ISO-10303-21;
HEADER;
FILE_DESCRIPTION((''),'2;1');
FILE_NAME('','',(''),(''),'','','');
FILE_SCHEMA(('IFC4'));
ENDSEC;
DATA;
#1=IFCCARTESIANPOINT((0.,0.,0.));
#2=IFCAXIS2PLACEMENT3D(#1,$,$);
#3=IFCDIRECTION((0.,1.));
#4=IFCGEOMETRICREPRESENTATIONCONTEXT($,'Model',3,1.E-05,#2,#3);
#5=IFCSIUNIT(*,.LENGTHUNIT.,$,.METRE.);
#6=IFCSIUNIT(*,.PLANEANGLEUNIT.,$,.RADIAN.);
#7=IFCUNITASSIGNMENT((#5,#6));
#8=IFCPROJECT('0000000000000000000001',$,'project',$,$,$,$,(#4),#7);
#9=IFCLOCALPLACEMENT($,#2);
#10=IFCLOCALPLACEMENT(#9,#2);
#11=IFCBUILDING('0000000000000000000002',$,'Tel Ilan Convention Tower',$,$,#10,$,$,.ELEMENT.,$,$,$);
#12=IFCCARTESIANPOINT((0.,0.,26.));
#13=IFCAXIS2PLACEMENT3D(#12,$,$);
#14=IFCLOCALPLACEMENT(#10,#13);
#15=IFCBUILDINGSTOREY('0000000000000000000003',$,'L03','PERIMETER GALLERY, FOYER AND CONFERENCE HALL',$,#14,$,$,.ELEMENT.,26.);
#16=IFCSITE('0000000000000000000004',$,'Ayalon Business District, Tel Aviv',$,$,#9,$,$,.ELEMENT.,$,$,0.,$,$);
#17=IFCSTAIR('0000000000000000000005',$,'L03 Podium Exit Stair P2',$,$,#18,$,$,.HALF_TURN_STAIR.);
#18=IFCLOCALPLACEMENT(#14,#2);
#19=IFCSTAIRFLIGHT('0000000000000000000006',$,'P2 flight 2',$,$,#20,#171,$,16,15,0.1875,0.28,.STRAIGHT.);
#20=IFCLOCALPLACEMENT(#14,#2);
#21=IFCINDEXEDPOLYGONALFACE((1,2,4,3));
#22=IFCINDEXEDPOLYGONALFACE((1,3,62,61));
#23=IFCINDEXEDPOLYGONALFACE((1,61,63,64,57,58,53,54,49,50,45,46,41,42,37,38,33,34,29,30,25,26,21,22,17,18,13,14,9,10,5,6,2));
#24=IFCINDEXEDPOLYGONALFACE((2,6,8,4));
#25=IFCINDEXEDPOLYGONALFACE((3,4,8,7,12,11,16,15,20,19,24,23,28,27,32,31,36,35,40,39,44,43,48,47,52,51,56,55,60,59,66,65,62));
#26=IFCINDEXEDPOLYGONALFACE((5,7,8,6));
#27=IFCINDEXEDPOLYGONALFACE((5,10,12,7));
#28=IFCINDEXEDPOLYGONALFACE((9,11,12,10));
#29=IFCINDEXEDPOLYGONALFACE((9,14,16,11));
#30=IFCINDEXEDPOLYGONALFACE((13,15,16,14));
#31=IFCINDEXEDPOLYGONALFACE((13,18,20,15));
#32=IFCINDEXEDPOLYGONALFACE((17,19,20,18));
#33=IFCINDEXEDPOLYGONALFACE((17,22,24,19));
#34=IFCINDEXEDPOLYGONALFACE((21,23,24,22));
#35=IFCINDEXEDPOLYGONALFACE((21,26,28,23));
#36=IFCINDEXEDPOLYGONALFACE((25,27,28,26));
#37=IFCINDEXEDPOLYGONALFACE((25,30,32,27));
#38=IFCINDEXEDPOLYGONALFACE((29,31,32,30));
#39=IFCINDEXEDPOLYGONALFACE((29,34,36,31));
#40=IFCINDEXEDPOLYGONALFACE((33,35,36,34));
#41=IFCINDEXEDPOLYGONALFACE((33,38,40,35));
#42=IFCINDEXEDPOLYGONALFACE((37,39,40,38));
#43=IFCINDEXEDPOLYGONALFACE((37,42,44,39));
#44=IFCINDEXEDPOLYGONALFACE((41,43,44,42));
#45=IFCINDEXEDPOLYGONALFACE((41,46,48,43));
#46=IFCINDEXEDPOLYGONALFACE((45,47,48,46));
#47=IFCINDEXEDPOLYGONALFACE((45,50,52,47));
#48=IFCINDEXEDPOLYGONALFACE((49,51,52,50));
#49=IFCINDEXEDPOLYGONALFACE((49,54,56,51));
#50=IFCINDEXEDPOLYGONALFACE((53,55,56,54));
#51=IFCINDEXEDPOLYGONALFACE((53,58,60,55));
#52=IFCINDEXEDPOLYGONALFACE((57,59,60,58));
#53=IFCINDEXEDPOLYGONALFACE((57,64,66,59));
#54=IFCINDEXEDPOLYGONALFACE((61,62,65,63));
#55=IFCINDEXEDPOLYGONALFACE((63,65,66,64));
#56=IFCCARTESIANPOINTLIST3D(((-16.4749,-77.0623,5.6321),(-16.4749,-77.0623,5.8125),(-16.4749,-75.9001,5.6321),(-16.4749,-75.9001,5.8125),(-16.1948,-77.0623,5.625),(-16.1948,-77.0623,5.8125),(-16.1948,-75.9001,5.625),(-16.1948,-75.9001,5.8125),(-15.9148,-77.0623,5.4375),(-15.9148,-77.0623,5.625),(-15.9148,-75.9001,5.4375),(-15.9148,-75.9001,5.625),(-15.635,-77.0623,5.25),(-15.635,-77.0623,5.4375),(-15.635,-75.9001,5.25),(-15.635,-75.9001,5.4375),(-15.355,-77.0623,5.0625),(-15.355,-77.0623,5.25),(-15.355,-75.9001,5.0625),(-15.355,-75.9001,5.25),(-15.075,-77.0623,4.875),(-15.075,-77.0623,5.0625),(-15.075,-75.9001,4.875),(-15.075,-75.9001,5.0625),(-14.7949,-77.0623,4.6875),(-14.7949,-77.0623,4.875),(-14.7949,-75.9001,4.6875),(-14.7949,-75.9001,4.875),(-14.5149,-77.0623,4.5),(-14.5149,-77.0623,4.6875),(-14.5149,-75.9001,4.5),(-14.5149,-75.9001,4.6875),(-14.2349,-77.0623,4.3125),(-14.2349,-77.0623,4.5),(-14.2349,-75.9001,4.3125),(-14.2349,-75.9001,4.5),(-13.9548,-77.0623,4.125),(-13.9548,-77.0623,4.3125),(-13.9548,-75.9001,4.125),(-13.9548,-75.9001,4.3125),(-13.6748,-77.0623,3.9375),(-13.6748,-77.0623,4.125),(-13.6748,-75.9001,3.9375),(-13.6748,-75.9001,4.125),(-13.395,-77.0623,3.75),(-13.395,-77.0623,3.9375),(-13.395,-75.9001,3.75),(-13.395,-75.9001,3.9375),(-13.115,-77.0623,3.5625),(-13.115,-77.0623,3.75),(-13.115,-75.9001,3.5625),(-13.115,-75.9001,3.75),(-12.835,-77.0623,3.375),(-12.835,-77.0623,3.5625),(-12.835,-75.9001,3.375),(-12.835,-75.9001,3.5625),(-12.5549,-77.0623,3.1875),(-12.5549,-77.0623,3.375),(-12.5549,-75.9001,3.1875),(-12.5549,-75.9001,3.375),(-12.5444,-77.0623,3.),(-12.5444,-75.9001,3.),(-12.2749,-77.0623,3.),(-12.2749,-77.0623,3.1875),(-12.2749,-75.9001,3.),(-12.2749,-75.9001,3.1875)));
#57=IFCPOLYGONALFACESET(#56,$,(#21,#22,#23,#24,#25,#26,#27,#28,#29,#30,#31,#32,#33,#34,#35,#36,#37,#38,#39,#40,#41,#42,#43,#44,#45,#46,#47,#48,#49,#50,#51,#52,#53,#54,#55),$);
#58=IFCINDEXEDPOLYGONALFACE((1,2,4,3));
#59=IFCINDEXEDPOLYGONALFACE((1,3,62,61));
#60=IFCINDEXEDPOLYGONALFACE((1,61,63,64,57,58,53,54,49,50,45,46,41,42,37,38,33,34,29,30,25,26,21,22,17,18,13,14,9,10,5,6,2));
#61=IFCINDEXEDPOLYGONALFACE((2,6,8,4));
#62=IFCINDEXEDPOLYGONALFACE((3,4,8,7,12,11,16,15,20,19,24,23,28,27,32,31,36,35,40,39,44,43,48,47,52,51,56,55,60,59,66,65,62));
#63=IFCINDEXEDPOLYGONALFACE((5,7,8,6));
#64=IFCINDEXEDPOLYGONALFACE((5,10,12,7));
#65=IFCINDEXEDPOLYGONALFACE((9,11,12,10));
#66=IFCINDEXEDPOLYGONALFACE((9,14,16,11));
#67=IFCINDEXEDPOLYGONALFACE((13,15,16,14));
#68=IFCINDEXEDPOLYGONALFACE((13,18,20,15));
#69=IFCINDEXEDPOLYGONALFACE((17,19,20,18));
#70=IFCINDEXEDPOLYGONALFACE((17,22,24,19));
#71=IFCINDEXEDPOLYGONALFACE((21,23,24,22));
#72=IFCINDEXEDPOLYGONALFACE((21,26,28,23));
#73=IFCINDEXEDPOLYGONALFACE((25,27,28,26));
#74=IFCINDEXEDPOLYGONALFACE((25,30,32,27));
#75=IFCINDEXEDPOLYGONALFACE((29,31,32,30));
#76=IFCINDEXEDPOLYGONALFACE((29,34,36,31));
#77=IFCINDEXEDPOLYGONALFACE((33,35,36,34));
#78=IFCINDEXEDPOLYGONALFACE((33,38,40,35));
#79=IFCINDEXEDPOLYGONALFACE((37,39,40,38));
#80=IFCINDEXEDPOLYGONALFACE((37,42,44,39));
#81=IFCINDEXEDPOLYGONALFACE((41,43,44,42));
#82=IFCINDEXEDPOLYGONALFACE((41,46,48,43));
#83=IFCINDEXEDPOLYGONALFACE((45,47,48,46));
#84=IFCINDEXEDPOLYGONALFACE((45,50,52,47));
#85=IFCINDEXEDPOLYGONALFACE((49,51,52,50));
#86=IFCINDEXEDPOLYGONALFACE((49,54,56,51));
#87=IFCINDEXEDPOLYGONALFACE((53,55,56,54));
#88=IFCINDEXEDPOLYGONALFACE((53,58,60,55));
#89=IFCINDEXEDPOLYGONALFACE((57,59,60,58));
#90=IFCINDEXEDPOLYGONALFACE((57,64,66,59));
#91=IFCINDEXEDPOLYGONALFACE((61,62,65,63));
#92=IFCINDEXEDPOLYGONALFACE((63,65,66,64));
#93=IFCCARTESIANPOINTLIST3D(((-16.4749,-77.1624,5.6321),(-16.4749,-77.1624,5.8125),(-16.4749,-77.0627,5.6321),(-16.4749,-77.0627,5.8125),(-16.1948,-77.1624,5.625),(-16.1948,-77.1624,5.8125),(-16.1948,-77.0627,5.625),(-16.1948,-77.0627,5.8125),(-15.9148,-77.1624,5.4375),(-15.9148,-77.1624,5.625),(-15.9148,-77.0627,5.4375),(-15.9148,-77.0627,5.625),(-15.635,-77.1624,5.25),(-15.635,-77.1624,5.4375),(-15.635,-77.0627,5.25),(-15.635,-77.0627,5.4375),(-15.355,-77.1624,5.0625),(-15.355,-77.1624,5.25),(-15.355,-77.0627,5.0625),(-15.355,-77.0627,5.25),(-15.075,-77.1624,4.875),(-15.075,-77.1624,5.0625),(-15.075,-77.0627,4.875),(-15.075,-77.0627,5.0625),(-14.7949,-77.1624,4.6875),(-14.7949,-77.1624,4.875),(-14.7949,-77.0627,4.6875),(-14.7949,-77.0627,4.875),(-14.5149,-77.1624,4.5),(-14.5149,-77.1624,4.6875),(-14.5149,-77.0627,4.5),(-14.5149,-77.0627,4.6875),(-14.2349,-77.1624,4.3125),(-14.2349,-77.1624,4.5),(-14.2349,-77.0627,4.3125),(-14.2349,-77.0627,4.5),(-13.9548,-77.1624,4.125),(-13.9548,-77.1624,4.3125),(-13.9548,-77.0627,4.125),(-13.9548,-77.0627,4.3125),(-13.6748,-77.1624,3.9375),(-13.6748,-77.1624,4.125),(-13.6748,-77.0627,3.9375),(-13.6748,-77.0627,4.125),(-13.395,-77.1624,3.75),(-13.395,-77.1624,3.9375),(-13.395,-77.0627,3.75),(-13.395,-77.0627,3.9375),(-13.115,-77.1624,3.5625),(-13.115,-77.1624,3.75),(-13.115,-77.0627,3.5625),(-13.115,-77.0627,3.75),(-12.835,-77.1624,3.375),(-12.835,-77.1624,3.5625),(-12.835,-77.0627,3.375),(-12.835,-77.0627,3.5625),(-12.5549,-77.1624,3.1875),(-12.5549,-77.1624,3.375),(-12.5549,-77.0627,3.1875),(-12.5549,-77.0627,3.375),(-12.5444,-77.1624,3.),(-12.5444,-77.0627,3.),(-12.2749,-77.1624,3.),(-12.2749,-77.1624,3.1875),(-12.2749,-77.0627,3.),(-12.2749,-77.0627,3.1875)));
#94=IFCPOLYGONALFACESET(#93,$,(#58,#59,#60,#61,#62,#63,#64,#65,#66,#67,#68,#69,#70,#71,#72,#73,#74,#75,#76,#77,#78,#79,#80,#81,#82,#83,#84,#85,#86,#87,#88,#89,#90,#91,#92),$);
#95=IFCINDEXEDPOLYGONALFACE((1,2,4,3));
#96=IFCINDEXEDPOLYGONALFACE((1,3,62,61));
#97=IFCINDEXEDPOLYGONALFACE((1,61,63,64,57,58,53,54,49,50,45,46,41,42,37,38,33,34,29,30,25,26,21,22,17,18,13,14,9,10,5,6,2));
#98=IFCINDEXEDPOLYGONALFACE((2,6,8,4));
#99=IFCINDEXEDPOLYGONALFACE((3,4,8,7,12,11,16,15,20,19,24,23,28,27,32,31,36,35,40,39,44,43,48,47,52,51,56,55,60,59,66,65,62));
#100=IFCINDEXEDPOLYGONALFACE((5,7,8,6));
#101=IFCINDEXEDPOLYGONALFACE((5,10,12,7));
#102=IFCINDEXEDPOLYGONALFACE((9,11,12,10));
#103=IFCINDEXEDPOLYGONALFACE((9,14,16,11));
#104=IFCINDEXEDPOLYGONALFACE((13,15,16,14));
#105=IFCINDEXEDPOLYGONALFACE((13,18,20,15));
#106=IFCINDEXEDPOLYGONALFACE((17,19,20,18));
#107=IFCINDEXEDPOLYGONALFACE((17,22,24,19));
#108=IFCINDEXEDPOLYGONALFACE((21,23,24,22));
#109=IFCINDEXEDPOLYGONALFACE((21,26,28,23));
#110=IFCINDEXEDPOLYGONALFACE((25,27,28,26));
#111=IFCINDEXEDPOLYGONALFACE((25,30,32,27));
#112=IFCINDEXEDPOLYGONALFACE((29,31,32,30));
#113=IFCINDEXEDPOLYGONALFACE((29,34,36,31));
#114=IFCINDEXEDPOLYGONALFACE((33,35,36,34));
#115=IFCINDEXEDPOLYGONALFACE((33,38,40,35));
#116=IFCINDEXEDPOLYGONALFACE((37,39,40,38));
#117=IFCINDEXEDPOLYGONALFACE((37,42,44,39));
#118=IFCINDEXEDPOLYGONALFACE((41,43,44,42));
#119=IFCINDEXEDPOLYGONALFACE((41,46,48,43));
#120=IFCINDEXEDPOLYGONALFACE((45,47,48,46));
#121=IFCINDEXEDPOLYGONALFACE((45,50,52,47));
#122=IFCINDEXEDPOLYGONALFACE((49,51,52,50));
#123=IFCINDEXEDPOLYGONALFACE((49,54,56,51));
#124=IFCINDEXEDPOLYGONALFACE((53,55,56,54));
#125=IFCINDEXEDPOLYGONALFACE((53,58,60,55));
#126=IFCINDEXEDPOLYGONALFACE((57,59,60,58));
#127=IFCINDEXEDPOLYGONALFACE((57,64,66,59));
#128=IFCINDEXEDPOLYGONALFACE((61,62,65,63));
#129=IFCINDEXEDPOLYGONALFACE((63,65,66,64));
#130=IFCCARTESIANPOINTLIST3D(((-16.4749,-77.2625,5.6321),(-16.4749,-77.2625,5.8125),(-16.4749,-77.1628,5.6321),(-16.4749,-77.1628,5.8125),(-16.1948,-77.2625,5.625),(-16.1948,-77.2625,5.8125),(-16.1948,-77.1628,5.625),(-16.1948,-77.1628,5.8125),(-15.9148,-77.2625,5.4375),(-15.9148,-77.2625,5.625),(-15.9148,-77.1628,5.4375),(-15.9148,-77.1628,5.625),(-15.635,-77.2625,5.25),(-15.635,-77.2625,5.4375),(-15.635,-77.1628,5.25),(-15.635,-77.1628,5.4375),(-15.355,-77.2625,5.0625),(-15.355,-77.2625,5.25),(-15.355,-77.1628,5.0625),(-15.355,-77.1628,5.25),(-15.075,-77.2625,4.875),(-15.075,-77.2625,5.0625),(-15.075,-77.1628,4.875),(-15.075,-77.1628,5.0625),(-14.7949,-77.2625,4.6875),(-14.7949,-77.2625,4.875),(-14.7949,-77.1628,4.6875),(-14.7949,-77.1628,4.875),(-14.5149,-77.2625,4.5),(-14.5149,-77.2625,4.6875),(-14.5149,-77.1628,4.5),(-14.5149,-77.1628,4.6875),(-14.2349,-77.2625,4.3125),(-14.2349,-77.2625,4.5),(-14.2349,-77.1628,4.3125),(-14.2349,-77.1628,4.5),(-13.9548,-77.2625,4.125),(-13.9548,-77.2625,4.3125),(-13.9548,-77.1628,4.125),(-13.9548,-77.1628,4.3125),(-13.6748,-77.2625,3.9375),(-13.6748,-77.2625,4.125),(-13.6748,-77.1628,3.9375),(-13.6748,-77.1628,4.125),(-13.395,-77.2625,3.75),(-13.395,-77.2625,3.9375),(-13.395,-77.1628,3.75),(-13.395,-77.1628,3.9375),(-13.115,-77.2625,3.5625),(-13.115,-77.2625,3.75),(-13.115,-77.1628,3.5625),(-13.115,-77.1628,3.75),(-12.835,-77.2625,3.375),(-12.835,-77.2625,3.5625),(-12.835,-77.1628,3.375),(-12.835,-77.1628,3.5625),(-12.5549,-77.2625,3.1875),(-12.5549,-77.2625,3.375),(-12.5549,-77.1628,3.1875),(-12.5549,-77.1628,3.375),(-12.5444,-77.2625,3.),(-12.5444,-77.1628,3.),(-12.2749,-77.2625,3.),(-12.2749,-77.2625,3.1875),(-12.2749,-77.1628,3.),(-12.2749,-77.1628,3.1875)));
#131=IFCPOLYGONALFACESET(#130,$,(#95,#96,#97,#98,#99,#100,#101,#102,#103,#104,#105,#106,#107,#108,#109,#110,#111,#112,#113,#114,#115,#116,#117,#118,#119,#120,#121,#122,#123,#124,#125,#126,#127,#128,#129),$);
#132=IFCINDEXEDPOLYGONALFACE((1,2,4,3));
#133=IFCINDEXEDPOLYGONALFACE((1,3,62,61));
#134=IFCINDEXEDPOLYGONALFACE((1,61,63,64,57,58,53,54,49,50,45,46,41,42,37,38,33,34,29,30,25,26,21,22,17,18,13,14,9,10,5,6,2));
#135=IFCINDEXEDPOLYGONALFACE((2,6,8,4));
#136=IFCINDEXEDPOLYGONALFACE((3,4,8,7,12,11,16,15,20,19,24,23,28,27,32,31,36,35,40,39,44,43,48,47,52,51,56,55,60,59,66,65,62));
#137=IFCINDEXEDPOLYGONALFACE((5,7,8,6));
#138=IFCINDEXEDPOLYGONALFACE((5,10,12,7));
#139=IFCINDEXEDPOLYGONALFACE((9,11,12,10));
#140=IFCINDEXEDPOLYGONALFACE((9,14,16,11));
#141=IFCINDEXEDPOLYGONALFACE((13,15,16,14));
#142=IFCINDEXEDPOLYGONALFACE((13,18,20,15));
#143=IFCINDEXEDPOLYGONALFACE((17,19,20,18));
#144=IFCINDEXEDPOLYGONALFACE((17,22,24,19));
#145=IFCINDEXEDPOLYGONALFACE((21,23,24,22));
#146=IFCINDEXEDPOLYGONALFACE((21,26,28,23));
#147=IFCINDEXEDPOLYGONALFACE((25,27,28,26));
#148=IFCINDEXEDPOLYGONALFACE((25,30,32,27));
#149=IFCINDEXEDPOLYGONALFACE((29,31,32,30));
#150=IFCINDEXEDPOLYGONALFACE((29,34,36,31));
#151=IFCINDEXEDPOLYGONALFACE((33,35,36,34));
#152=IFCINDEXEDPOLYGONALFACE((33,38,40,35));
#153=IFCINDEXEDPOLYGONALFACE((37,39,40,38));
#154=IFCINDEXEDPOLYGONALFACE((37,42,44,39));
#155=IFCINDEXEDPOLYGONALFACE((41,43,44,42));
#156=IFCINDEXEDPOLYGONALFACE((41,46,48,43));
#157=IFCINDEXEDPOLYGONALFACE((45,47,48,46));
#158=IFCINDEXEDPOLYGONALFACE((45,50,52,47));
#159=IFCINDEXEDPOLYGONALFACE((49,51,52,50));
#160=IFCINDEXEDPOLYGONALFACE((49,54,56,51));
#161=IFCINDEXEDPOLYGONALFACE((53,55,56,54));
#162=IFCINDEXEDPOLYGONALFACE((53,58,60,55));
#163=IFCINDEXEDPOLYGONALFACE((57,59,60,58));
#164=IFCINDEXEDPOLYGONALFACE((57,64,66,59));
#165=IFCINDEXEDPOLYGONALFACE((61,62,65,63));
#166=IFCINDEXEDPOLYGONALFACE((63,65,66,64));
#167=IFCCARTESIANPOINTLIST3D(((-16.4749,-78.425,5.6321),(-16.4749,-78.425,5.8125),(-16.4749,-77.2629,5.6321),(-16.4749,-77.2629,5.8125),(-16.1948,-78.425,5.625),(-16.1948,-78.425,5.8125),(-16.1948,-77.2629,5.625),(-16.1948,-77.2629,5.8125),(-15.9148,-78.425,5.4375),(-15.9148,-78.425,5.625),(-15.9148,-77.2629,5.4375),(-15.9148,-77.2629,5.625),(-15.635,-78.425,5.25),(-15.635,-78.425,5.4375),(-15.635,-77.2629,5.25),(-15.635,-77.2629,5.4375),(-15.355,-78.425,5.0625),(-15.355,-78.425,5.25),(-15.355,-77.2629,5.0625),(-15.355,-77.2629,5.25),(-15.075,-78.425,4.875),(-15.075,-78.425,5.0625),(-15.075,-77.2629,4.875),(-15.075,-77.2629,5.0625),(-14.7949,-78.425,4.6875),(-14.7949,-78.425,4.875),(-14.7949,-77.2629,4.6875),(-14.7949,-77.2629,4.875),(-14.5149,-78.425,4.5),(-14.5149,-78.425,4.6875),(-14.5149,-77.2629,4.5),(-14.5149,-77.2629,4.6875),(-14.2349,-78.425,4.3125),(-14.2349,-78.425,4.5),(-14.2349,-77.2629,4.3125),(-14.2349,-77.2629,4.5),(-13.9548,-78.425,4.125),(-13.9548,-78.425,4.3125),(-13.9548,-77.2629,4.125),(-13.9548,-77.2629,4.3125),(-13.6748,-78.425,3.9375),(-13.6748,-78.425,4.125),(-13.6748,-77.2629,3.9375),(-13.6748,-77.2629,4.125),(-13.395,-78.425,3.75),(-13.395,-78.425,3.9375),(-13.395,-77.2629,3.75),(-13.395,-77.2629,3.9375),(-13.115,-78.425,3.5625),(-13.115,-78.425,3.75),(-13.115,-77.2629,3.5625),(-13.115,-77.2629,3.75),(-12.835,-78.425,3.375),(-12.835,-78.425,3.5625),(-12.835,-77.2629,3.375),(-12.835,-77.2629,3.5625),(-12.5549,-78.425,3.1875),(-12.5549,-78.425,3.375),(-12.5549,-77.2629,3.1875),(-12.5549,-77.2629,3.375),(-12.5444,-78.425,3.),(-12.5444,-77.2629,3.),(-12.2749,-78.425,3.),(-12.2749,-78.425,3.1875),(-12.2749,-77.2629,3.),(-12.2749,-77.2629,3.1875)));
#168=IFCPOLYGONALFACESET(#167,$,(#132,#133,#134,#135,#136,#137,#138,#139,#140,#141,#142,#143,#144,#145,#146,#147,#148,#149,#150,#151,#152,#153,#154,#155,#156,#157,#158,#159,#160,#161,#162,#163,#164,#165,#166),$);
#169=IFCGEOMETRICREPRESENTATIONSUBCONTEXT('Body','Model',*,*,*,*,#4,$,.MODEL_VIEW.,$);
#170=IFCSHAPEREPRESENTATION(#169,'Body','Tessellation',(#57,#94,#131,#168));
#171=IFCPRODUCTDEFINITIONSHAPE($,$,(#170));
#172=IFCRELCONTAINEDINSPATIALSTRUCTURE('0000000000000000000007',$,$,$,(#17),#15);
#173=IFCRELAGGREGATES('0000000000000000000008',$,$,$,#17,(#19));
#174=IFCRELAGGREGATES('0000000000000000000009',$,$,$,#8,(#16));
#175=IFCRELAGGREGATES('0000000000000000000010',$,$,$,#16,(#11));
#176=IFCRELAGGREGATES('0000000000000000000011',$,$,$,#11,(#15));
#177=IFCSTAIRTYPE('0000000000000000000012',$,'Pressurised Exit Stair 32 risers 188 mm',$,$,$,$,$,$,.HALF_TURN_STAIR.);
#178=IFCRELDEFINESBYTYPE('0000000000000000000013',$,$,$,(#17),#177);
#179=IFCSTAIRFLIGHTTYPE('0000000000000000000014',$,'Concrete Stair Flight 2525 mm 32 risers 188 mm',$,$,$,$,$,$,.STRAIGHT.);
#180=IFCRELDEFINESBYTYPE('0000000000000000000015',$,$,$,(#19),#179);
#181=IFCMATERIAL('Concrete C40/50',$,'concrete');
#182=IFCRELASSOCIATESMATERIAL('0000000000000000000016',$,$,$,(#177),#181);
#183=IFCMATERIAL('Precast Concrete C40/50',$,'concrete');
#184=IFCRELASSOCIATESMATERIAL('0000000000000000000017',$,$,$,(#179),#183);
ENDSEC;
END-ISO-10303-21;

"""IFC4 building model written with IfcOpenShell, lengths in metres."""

from ifc_helpers import new_model, si_unit, direction, frame, origin, place, context, subcontext, project, spatial, polyline, outline, extrude, material, type_object, element, aggregate, save


model = new_model("IFC4")

# Units and contexts
model_context = context("Model", 3, precision=1e-05, world=origin(), true_north=direction((0.0, 1.0)))
body_context = subcontext(model_context, "Body", "Model", "MODEL_VIEW")
ifc_project = project(units=[si_unit("LENGTHUNIT", "METRE"), si_unit("PLANEANGLEUNIT", "RADIAN")], contexts=[model_context])

# Site, building, storey
site_placement = place(None, origin())
site = spatial("IfcSite", under=ifc_project, at=site_placement, Name="Ayalon Business District, Tel Aviv", CompositionType="ELEMENT", RefElevation=0.0)
building_placement = place(site_placement, origin())
building = spatial("IfcBuilding", under=site, at=building_placement, Name="Tel Ilan Convention Tower", CompositionType="ELEMENT")
storey_placement = place(building_placement, frame((0.0, 0.0, 26.0)))
storey = spatial("IfcBuildingStorey", under=building, at=storey_placement, Name="L03", Description="PERIMETER GALLERY, FOYER AND CONFERENCE HALL", CompositionType="ELEMENT", Elevation=26.0)

# Stair, stair flight
ifc_material_1 = material(Name="Concrete C40/50", Category="concrete")
stair_type = type_object("IfcStairType", Name="Pressurised Exit Stair 32 risers 188 mm", PredefinedType="HALF_TURN_STAIR", material=ifc_material_1)
stair_placement = place(storey_placement, origin())
stair = element("IfcStair", 1, at=stair_placement, inside=storey, type_object=stair_type, Name="L03 Podium Exit Stair P2", PredefinedType="HALF_TURN_STAIR")
ifc_material_2 = material(Name="Precast Concrete C40/50", Category="concrete")
stair_flight_type = type_object("IfcStairFlightType", Name="Concrete Stair Flight 2525 mm 32 risers 188 mm", PredefinedType="STRAIGHT", material=ifc_material_2)
stair_flight_1_placement = place(storey_placement, frame((-12.2749, -77.1626, 3.0), z_axis=(0.0, 0.0, 1.0), x_axis=(-1.0, 0.0, 0.0)))
stair_flight_1 = element("IfcStairFlight", 2, at=stair_flight_1_placement, type_object=stair_flight_type, Name="P2 flight 2", NumberOfRisers=16, NumberOfTreads=15, PredefinedType="STRAIGHT", RiserHeight=0.1875, TreadLength=0.28, context=body_context, shape_type="SweptSolid", body=[
    extrude(outline(polyline([(0.0, 0.0), (0.0, 0.1875), (0.28, 0.1875), (0.28, 0.375), (0.5601, 0.375), (0.5601, 0.5625), (0.8401, 0.5625), (0.8401, 0.75), (1.1201, 0.75), (1.1201, 0.9375), (1.3999, 0.9375), (1.3999, 1.125), (1.6799, 1.125), (1.6799, 1.3125), (1.96, 1.3125), (1.96, 1.5), (2.24, 1.5), (2.24, 1.6875), (2.52, 1.6875), (2.52, 1.875), (2.8, 1.875), (2.8, 2.0625), (3.0801, 2.0625), (3.0801, 2.25), (3.3601, 2.25), (3.3601, 2.4375), (3.6399, 2.4375), (3.6399, 2.625), (3.9199, 2.625), (3.9199, 2.8125), (4.2, 2.8125), (4.2, 3.0), (4.2, 2.6321), (0.2695, 0.0), (0.0, 0.0)])), frame((0.0, -0.1003, 0.0), z_axis=(0.0, -1.0, 0.0), x_axis=(1.0, 0.0, 0.0)), (0.0, 0.0, 1.0), 1.1621),
    extrude(outline(polyline([(0.0, 0.0), (0.0, 0.1875), (0.28, 0.1875), (0.28, 0.375), (0.5601, 0.375), (0.5601, 0.5625), (0.8401, 0.5625), (0.8401, 0.75), (1.1201, 0.75), (1.1201, 0.9375), (1.3999, 0.9375), (1.3999, 1.125), (1.6799, 1.125), (1.6799, 1.3125), (1.96, 1.3125), (1.96, 1.5), (2.24, 1.5), (2.24, 1.6875), (2.52, 1.6875), (2.52, 1.875), (2.8, 1.875), (2.8, 2.0625), (3.0801, 2.0625), (3.0801, 2.25), (3.3601, 2.25), (3.3601, 2.4375), (3.6399, 2.4375), (3.6399, 2.625), (3.9199, 2.625), (3.9199, 2.8125), (4.2, 2.8125), (4.2, 3.0), (4.2, 2.6321), (0.2695, 0.0), (0.0, 0.0)])), frame((0.0, -0.0002, 0.0), z_axis=(0.0, -1.0, 0.0), x_axis=(1.0, 0.0, 0.0)), (0.0, 0.0, 1.0), 0.0996),
    extrude(outline(polyline([(0.0, 0.0), (0.0, 0.1875), (0.28, 0.1875), (0.28, 0.375), (0.5601, 0.375), (0.5601, 0.5625), (0.8401, 0.5625), (0.8401, 0.75), (1.1201, 0.75), (1.1201, 0.9375), (1.3999, 0.9375), (1.3999, 1.125), (1.6799, 1.125), (1.6799, 1.3125), (1.96, 1.3125), (1.96, 1.5), (2.24, 1.5), (2.24, 1.6875), (2.52, 1.6875), (2.52, 1.875), (2.8, 1.875), (2.8, 2.0625), (3.0801, 2.0625), (3.0801, 2.25), (3.3601, 2.25), (3.3601, 2.4375), (3.6399, 2.4375), (3.6399, 2.625), (3.9199, 2.625), (3.9199, 2.8125), (4.2, 2.8125), (4.2, 3.0), (4.2, 2.6321), (0.2695, 0.0), (0.0, 0.0)])), frame((0.0, 0.0999, 0.0), z_axis=(0.0, -1.0, 0.0), x_axis=(1.0, 0.0, 0.0)), (0.0, 0.0, 1.0), 0.0996),
    extrude(outline(polyline([(0.0, 0.0), (0.0, 0.1875), (0.28, 0.1875), (0.28, 0.375), (0.5601, 0.375), (0.5601, 0.5625), (0.8401, 0.5625), (0.8401, 0.75), (1.1201, 0.75), (1.1201, 0.9375), (1.3999, 0.9375), (1.3999, 1.125), (1.6799, 1.125), (1.6799, 1.3125), (1.96, 1.3125), (1.96, 1.5), (2.24, 1.5), (2.24, 1.6875), (2.52, 1.6875), (2.52, 1.875), (2.8, 1.875), (2.8, 2.0625), (3.0801, 2.0625), (3.0801, 2.25), (3.3601, 2.25), (3.3601, 2.4375), (3.6399, 2.4375), (3.6399, 2.625), (3.9199, 2.625), (3.9199, 2.8125), (4.2, 2.8125), (4.2, 3.0), (4.2, 2.6321), (0.2695, 0.0), (0.0, 0.0)])), frame((0.0, 1.2625, 0.0), z_axis=(0.0, -1.0, 0.0), x_axis=(1.0, 0.0, 0.0)), (0.0, 0.0, 1.0), 1.1621),
])
aggregate(stair, [stair_flight_1])

save(model, "model.ifc")
